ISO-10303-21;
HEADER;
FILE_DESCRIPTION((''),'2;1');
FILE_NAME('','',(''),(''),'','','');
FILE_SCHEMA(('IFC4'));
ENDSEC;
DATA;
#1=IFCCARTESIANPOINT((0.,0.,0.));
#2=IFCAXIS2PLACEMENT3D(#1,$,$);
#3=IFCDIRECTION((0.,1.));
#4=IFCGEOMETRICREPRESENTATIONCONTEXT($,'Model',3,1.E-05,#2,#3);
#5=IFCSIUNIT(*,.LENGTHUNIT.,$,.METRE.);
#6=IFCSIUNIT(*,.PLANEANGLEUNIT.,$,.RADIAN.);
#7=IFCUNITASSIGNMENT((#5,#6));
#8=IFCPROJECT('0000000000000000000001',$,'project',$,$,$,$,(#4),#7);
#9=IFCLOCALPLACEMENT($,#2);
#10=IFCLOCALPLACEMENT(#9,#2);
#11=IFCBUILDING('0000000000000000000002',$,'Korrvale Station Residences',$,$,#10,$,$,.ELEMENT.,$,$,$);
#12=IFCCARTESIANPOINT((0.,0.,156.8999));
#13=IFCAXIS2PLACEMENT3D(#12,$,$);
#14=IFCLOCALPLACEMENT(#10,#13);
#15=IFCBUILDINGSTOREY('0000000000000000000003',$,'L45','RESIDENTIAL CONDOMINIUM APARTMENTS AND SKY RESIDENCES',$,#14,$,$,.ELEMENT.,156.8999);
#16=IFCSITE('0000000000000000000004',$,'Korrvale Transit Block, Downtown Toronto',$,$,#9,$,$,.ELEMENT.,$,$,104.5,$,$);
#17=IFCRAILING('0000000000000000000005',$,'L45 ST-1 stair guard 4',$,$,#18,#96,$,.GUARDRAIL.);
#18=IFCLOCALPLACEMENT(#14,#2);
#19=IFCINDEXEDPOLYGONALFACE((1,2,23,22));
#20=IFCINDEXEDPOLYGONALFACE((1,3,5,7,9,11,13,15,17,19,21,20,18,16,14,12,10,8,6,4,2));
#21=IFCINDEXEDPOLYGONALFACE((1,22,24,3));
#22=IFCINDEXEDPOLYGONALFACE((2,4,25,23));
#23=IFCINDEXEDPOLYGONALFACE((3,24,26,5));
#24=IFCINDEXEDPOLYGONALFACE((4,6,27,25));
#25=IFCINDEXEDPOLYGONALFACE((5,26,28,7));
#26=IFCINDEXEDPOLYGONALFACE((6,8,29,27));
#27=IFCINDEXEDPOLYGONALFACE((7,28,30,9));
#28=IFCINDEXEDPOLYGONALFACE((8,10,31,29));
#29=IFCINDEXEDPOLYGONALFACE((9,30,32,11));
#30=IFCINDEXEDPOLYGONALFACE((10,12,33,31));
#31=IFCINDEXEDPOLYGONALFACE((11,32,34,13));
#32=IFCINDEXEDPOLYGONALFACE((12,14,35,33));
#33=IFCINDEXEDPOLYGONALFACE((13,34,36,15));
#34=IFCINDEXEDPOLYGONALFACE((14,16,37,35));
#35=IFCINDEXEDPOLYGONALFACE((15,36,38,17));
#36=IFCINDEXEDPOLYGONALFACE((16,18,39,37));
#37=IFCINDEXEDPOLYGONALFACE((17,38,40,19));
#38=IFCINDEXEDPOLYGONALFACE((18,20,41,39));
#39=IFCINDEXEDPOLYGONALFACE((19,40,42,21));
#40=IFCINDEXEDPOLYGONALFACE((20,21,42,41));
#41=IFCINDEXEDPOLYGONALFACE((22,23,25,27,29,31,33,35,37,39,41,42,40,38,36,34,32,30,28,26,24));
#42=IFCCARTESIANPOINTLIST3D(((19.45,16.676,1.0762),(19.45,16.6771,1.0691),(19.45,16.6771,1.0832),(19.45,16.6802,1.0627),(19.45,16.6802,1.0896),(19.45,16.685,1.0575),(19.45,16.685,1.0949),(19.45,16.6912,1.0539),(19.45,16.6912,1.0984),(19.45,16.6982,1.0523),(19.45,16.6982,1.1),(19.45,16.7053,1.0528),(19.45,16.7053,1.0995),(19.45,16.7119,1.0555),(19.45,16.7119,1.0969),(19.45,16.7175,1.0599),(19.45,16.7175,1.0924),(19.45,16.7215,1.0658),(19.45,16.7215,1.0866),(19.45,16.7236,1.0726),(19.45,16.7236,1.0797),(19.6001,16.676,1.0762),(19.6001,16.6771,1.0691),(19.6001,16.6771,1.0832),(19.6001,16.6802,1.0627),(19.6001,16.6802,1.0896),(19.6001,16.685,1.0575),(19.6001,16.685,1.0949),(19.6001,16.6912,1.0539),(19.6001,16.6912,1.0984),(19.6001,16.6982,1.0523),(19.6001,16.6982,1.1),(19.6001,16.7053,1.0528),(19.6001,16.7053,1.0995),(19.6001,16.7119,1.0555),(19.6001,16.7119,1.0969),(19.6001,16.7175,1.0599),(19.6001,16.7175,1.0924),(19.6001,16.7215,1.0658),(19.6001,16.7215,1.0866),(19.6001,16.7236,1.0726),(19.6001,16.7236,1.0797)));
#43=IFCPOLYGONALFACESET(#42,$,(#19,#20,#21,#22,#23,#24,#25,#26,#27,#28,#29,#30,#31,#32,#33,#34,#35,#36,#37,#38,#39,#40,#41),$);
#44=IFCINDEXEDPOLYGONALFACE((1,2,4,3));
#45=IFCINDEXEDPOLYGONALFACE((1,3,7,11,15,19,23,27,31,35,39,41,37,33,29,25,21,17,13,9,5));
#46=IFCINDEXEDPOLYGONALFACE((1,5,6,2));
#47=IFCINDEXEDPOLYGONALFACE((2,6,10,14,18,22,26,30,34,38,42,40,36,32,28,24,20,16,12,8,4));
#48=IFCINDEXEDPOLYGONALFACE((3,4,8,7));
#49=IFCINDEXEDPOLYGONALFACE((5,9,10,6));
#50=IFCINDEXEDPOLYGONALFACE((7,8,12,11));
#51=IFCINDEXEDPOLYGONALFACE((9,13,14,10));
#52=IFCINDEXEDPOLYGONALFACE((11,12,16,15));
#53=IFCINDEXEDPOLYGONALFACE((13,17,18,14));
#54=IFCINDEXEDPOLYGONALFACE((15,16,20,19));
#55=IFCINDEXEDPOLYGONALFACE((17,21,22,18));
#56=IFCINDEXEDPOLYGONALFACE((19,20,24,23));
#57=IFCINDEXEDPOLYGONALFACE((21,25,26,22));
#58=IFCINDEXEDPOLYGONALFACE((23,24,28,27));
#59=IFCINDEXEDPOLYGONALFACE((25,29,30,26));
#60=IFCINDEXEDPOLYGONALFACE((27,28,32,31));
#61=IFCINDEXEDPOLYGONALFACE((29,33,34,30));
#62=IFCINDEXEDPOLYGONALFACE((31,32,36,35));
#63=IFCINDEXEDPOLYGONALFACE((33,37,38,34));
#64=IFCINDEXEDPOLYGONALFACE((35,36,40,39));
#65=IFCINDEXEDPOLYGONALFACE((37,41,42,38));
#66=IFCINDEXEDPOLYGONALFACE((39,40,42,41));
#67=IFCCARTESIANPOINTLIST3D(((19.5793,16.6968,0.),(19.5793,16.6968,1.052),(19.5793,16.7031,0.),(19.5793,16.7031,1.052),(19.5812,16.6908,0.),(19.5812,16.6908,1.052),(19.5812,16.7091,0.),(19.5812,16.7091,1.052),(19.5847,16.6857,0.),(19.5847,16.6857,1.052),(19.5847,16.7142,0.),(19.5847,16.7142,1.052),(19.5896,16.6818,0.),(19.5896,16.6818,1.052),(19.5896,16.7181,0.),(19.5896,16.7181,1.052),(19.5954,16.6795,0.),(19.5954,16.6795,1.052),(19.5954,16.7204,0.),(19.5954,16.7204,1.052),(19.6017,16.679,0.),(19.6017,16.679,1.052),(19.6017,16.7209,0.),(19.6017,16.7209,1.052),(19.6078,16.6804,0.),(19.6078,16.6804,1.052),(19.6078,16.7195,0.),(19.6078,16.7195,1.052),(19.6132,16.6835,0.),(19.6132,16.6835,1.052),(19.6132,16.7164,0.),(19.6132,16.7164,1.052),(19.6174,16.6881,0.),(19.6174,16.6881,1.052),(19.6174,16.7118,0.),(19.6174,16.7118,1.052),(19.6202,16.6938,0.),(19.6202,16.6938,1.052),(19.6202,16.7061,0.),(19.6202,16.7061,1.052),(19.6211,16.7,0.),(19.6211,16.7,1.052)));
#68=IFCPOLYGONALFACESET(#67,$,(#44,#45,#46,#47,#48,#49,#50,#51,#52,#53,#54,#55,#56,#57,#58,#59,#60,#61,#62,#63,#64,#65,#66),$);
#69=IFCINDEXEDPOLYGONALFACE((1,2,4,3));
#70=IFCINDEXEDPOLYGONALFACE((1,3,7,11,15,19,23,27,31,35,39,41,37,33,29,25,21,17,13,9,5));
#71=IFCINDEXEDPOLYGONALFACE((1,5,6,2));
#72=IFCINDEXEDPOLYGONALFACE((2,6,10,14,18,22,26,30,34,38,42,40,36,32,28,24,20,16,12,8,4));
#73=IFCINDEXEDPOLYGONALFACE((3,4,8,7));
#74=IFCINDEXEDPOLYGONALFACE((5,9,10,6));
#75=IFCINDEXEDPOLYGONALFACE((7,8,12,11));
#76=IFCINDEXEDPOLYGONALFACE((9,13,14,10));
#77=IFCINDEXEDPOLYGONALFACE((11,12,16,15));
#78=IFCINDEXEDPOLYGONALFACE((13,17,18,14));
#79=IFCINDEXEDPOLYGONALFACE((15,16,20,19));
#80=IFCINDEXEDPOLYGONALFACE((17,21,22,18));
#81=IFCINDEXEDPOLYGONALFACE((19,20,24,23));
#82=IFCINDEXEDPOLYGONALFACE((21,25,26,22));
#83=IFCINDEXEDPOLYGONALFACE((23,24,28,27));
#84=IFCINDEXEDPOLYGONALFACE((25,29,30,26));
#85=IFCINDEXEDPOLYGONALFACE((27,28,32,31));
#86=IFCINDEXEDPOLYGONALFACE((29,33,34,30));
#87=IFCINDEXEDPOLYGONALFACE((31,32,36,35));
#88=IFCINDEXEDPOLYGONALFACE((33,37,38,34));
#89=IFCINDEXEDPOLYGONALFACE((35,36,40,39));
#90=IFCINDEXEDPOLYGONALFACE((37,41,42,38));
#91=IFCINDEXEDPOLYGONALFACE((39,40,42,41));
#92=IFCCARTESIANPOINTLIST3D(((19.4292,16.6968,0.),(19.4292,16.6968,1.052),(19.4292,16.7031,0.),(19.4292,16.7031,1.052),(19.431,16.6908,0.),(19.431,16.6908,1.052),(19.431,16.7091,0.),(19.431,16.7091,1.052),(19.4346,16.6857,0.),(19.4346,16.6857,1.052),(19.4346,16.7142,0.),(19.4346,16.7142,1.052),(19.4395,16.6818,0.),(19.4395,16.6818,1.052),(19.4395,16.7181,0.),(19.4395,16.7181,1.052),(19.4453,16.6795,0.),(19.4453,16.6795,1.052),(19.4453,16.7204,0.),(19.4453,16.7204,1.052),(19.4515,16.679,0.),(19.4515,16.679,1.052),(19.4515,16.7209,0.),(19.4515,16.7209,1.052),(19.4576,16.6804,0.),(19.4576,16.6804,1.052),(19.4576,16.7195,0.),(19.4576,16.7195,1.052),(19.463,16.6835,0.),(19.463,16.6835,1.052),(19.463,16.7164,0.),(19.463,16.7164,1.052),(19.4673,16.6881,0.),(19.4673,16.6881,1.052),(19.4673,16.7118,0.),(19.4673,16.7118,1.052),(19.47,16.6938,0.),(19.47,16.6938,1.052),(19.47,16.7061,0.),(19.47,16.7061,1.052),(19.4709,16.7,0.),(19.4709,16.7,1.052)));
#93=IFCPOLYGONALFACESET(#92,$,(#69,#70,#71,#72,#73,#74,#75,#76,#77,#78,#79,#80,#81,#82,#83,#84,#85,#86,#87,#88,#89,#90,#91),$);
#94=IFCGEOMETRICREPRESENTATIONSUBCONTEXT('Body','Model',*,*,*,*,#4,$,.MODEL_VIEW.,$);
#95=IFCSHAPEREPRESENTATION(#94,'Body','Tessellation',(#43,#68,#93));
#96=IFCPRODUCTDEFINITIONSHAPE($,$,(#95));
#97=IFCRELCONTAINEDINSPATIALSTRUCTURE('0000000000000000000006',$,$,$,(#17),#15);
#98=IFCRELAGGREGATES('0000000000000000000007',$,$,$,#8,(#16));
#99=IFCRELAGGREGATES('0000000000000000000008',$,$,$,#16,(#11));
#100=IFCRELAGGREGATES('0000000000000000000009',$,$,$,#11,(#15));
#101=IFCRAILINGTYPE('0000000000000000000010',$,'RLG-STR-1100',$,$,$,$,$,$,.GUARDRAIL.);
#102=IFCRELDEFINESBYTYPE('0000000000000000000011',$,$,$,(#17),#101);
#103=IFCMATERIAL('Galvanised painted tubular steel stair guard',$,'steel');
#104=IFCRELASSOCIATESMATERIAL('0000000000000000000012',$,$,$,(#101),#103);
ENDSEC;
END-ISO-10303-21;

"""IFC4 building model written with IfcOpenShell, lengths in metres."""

from ifc_helpers import new_model, si_unit, direction, frame, origin, origin_2d, place, context, subcontext, project, spatial, circle, extrude, material, type_object, element, save


model = new_model("IFC4")

# Units and contexts
model_context = context("Model", 3, precision=1e-05, world=origin(), true_north=direction((0.0, 1.0)))
body_context = subcontext(model_context, "Body", "Model", "MODEL_VIEW")
ifc_project = project(units=[si_unit("LENGTHUNIT", "METRE"), si_unit("PLANEANGLEUNIT", "RADIAN")], contexts=[model_context])

# Site, building, storey
site_placement = place(None, origin())
site = spatial("IfcSite", under=ifc_project, at=site_placement, Name="Korrvale Transit Block, Downtown Toronto", CompositionType="ELEMENT", RefElevation=104.5)
building_placement = place(site_placement, origin())
building = spatial("IfcBuilding", under=site, at=building_placement, Name="Korrvale Station Residences", CompositionType="ELEMENT")
storey_placement = place(building_placement, frame((0.0, 0.0, 156.8999)))
storey = spatial("IfcBuildingStorey", under=building, at=storey_placement, Name="L45", Description="RESIDENTIAL CONDOMINIUM APARTMENTS AND SKY RESIDENCES", CompositionType="ELEMENT", Elevation=156.8999)

# Railing
ifc_material_1 = material(Name="Galvanised painted tubular steel stair guard", Category="steel")
railing_type_1 = type_object("IfcRailingType", Name="RLG-STR-1100", PredefinedType="GUARDRAIL", material=ifc_material_1)
railing_1_placement = place(storey_placement, frame((19.6001, 16.7, 0.0)))
element("IfcRailing", 1, at=railing_1_placement, inside=storey, type_object=railing_type_1, Name="L45 ST-1 stair guard 4", PredefinedType="GUARDRAIL", context=body_context, shape_type="SweptSolid", body=[
    extrude(circle(Radius=0.0239, at=origin_2d()), frame((0.0, 0.0, 1.0762), z_axis=(-1.0, 0.0, 0.0), x_axis=(0.0, -1.0, 0.0)), (0.0, 0.0, 1.0), 0.1501),
    extrude(circle(Radius=0.021, at=origin_2d()), origin(), (0.0, 0.0, 1.0), 1.052),
    extrude(circle(Radius=0.021, at=origin_2d()), frame((-0.1501, 0.0, 0.0)), (0.0, 0.0, 1.0), 1.052),
])

save(model, "model.ifc")
